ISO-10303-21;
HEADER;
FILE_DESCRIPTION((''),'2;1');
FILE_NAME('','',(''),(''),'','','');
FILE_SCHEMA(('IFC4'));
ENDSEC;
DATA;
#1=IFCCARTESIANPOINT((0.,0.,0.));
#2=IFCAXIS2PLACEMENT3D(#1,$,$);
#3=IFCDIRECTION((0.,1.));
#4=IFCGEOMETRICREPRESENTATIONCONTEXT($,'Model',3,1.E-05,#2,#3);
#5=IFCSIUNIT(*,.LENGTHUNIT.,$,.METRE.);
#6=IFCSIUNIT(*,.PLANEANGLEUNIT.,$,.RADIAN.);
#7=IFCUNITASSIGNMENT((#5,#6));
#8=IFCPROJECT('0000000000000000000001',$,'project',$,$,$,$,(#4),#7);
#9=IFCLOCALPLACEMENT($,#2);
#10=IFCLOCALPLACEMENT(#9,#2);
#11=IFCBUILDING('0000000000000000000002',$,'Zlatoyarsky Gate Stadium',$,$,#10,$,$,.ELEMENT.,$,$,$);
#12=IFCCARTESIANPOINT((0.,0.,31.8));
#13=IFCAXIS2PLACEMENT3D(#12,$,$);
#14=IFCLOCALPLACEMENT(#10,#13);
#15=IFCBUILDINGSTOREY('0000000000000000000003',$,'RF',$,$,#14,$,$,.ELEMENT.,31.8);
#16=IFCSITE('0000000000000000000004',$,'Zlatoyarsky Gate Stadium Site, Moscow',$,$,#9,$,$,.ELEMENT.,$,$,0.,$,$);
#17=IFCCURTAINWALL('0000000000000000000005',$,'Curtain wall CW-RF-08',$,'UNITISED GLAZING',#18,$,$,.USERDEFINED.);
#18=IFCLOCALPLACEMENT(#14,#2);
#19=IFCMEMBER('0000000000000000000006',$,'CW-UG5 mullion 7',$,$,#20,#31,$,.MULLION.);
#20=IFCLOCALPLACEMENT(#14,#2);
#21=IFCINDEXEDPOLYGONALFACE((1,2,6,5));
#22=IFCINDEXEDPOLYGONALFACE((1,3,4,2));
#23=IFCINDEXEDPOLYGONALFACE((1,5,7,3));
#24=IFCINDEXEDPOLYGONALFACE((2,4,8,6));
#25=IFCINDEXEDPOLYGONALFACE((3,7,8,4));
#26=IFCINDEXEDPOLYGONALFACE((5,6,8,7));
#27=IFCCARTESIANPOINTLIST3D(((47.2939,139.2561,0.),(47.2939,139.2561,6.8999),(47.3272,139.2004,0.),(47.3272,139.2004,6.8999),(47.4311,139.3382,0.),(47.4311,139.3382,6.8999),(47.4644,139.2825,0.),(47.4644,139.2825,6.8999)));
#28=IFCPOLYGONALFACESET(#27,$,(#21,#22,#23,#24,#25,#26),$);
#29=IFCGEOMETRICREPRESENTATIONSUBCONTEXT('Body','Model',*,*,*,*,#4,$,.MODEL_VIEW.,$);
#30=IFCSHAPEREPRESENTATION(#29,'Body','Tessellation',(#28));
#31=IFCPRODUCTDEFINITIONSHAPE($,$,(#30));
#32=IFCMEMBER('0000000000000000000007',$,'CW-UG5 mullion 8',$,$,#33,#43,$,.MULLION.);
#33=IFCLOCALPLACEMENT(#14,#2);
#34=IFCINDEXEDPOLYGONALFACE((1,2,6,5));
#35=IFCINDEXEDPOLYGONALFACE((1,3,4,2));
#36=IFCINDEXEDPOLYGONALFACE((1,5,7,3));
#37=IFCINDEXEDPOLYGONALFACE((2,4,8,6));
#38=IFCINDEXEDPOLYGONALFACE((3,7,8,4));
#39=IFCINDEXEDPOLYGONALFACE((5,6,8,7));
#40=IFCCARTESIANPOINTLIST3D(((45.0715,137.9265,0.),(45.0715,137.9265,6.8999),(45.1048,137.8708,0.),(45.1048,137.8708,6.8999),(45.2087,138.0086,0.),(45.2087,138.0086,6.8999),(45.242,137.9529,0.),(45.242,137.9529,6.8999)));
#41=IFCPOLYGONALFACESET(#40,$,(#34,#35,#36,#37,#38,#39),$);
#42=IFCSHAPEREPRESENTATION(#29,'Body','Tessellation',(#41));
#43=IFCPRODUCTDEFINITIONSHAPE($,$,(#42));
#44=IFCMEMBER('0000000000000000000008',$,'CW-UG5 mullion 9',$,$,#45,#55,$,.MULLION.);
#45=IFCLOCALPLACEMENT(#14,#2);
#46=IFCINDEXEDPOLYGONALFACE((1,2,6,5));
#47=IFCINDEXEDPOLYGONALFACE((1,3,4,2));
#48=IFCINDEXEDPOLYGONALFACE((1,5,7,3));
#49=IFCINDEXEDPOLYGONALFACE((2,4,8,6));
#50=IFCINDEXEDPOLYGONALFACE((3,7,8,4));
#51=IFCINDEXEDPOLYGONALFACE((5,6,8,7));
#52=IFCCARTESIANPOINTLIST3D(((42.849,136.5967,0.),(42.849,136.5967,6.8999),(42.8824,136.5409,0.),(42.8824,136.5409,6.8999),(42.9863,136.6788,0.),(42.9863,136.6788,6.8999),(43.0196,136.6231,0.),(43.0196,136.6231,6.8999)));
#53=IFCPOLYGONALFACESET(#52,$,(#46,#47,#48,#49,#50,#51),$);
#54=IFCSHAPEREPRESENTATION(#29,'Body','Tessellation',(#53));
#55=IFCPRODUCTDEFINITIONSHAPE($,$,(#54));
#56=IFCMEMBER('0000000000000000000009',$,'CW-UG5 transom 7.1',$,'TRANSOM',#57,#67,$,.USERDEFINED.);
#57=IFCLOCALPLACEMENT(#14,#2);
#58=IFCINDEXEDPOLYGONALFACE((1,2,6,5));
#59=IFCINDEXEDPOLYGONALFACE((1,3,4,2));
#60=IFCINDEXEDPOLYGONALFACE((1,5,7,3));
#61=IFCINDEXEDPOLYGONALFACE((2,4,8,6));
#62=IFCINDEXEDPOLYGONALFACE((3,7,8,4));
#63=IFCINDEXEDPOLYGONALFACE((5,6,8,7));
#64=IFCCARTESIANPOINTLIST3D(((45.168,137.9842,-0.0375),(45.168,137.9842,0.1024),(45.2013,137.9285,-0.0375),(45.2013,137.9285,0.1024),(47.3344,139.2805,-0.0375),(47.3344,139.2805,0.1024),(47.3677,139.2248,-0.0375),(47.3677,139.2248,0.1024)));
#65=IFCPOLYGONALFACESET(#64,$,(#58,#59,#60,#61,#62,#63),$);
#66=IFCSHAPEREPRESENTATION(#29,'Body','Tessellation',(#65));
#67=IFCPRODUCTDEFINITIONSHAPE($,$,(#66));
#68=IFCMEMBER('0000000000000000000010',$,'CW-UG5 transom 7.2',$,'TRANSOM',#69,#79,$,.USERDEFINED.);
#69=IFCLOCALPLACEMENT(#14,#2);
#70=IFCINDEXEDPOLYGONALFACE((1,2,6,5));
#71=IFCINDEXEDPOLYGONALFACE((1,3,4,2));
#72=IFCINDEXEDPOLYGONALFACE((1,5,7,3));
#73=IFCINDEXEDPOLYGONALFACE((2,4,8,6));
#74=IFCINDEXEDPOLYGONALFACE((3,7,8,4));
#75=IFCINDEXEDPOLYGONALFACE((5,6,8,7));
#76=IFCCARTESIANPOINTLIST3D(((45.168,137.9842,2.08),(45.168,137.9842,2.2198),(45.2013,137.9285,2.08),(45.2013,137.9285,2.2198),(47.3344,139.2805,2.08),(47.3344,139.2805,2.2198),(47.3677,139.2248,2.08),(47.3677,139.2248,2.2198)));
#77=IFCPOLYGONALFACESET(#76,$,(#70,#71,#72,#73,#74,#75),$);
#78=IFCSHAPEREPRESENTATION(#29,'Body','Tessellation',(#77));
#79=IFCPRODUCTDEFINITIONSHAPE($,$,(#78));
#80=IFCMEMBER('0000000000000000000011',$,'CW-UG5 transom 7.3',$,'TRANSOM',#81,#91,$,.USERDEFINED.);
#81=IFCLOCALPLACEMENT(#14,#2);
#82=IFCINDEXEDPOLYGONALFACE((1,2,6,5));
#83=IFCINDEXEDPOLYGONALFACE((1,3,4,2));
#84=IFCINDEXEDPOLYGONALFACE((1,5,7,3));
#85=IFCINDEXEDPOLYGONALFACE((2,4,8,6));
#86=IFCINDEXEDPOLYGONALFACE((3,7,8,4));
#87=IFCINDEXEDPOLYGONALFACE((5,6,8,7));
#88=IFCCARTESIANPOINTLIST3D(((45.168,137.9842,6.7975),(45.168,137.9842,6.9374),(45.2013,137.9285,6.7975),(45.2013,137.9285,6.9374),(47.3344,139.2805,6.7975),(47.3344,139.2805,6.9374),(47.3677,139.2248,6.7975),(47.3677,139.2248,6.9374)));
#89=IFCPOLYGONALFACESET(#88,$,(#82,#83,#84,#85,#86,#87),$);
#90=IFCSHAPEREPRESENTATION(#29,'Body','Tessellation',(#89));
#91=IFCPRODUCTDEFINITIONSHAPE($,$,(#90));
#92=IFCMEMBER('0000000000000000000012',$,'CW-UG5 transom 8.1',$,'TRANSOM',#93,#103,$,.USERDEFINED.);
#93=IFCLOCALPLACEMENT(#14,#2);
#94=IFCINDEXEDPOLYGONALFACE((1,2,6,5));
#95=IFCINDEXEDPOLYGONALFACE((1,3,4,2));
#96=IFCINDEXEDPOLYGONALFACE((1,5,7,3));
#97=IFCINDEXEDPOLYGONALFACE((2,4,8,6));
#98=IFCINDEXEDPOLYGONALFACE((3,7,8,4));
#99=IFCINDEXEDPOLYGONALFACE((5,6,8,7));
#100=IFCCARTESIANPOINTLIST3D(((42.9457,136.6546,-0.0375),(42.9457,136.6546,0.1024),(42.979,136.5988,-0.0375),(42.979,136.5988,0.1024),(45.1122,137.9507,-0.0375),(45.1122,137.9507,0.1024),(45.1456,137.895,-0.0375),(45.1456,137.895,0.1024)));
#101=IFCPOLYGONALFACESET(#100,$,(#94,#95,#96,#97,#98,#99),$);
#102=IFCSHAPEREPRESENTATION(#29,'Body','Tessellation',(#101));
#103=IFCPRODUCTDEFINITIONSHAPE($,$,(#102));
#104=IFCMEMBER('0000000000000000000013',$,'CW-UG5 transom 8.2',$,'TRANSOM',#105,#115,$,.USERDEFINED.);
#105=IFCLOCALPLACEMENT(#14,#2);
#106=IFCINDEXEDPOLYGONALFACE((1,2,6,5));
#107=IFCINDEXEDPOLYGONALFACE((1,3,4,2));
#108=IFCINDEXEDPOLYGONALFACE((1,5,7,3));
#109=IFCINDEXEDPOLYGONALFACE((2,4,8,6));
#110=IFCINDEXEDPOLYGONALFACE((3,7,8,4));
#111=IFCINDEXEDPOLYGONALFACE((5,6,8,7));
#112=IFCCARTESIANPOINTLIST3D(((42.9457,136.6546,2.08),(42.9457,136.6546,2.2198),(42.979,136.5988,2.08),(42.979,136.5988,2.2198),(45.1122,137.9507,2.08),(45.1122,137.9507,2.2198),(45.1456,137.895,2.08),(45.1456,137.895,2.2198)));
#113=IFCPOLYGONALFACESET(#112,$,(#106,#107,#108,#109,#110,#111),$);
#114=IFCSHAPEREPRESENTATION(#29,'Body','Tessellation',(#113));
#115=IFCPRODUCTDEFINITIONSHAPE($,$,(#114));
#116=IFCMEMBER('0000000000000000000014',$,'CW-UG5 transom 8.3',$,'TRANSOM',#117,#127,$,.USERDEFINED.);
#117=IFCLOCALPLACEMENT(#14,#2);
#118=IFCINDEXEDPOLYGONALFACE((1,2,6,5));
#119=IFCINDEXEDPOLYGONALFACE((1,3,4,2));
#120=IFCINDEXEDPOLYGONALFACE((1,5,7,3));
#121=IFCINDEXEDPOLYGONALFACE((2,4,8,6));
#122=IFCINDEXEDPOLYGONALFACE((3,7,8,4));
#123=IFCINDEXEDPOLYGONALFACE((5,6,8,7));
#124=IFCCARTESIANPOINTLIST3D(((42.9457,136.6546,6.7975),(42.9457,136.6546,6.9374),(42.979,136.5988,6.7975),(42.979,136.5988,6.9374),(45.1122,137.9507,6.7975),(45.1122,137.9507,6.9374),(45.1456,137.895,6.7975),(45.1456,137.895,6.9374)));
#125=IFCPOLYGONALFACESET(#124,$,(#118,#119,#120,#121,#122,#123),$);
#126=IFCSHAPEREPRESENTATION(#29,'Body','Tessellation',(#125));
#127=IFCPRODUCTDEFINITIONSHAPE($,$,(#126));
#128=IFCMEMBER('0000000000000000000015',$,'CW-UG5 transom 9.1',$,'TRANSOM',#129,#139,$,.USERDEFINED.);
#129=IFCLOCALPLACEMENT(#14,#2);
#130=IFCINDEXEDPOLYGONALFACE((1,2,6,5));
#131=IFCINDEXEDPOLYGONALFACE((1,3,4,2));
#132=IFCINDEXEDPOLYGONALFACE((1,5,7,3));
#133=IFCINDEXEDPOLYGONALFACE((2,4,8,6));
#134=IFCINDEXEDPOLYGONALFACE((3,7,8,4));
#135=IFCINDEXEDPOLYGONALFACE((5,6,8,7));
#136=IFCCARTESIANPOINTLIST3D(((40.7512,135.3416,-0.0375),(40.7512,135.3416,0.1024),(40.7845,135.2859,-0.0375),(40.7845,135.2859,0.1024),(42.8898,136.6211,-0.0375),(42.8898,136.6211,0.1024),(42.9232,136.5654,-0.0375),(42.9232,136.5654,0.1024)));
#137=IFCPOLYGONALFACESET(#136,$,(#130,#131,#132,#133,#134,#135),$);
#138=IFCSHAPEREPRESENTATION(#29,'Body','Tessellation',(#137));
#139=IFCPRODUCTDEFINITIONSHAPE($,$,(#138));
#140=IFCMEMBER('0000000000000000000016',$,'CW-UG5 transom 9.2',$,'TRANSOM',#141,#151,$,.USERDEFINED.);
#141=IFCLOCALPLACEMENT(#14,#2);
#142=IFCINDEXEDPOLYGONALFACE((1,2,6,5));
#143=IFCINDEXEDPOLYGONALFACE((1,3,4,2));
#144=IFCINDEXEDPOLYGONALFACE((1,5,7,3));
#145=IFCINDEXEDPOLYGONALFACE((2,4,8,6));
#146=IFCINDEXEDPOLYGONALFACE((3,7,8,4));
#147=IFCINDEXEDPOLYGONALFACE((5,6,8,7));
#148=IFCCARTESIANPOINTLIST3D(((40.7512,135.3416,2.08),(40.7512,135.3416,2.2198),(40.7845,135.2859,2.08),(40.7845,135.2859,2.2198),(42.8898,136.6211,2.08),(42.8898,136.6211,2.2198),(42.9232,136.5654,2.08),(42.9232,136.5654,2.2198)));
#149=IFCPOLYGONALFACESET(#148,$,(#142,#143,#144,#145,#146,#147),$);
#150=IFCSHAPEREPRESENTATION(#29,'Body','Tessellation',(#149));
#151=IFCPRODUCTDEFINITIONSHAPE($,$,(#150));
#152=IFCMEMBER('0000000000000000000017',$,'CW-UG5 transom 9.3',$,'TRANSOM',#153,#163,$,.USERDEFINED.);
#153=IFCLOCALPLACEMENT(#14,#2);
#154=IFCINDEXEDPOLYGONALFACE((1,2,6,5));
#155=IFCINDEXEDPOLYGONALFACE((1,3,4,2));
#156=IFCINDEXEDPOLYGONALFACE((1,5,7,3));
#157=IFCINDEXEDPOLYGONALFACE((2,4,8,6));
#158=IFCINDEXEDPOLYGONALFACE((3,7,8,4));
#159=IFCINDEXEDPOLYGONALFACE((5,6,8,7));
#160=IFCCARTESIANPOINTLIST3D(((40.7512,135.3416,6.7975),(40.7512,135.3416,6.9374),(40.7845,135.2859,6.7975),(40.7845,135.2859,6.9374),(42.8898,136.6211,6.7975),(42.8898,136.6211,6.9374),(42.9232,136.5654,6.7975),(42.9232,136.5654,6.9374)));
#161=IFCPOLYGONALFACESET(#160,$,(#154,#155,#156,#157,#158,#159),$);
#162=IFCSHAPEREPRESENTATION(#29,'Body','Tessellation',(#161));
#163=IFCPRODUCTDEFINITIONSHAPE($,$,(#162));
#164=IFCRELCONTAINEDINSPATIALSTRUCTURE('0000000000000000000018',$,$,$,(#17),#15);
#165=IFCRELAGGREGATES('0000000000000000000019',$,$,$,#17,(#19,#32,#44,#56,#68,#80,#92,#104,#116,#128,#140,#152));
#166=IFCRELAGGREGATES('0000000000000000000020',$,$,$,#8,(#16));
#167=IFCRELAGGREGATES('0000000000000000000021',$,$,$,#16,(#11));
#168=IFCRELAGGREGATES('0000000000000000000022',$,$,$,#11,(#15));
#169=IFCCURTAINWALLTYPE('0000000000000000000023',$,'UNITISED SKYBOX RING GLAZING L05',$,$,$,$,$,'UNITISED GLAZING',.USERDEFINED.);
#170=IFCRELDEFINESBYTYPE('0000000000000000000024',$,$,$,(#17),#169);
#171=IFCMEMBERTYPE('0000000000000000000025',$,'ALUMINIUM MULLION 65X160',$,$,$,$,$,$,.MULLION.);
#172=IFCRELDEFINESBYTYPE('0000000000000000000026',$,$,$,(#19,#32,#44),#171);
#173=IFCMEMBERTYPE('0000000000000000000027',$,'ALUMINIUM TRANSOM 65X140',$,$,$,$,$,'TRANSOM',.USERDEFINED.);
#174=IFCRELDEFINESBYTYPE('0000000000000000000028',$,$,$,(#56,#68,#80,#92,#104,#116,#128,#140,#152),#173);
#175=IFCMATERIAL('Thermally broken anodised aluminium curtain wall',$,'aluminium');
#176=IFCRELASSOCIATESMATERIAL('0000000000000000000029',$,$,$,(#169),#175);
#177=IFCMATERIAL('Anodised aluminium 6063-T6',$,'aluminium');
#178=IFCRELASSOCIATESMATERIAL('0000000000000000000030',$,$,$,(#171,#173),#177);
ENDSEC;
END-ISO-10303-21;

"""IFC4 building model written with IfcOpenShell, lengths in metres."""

from ifc_helpers import new_model, si_unit, direction, frame, origin, origin_2d, place, context, subcontext, project, spatial, rectangle, extrude, material, material_profile, profile_set, type_object, element, aggregate, save


model = new_model("IFC4")

# Units and contexts
model_context = context("Model", 3, precision=1e-05, world=origin(), true_north=direction((0.0, 1.0)))
body_context = subcontext(model_context, "Body", "Model", "MODEL_VIEW")
ifc_project = project(units=[si_unit("LENGTHUNIT", "METRE"), si_unit("PLANEANGLEUNIT", "RADIAN")], contexts=[model_context])

# Site, building, storey
site_placement = place(None, origin())
site = spatial("IfcSite", under=ifc_project, at=site_placement, Name="Zlatoyarsky Gate Stadium Site, Moscow", CompositionType="ELEMENT", RefElevation=0.0)
building_placement = place(site_placement, origin())
building = spatial("IfcBuilding", under=site, at=building_placement, Name="Zlatoyarsky Gate Stadium", CompositionType="ELEMENT")
storey_placement = place(building_placement, frame((0.0, 0.0, 31.8)))
storey = spatial("IfcBuildingStorey", under=building, at=storey_placement, Name="RF", CompositionType="ELEMENT", Elevation=31.8)

# Curtain wall, members
ifc_material_1 = material(Name="Thermally broken anodised aluminium curtain wall", Category="aluminium")
curtain_wall_type = type_object("IfcCurtainWallType", Name="UNITISED SKYBOX RING GLAZING L05", ElementType="UNITISED GLAZING", PredefinedType="USERDEFINED", material=ifc_material_1)
curtain_wall_placement = place(storey_placement, origin())
curtain_wall = element("IfcCurtainWall", 1, at=curtain_wall_placement, inside=storey, type_object=curtain_wall_type, Name="Curtain wall CW-RF-08", ObjectType="UNITISED GLAZING", PredefinedType="USERDEFINED")
ifc_material_2 = material(Name="Anodised aluminium 6063-T6", Category="aluminium")
ifc_material_profile_1 = material_profile(ifc_material_2, rectangle(XDim=0.0649, YDim=0.1599, at=origin_2d()), Name="ALU 65X160")
ifc_profile_set_1 = profile_set([ifc_material_profile_1], Name="Anodised aluminium 6063-T6")
member_type_1 = type_object("IfcMemberType", Name="ALUMINIUM MULLION 65X160", PredefinedType="MULLION", material=ifc_profile_set_1)
member_1_placement = place(storey_placement, frame((47.3792, 139.2693, 0.0), z_axis=(0.0, 0.0, 1.0), x_axis=(0.513436, -0.858128, 0.0)))
member_1 = element("IfcMember", 2, at=member_1_placement, type_object=member_type_1, Name="CW-UG5 mullion 7", PredefinedType="MULLION", context=body_context, shape_type="SweptSolid", body=[
    extrude(rectangle(XDim=0.0649, YDim=0.1599, at=origin_2d()), origin(), (0.0, 0.0, 1.0), 6.8999),
])
member_2_placement = place(storey_placement, frame((45.1567, 137.9397, 0.0), z_axis=(0.0, 0.0, 1.0), x_axis=(0.513436, -0.858128, 0.0)))
member_2 = element("IfcMember", 3, at=member_2_placement, type_object=member_type_1, Name="CW-UG5 mullion 8", PredefinedType="MULLION", context=body_context, shape_type="SweptSolid", body=[
    extrude(rectangle(XDim=0.0649, YDim=0.1599, at=origin_2d()), origin(), (0.0, 0.0, 1.0), 6.8999),
])
member_3_placement = place(storey_placement, frame((42.9343, 136.6099, 0.0), z_axis=(0.0, 0.0, 1.0), x_axis=(0.513436, -0.858128, 0.0)))
member_3 = element("IfcMember", 4, at=member_3_placement, type_object=member_type_1, Name="CW-UG5 mullion 9", PredefinedType="MULLION", context=body_context, shape_type="SweptSolid", body=[
    extrude(rectangle(XDim=0.0649, YDim=0.1599, at=origin_2d()), origin(), (0.0, 0.0, 1.0), 6.8999),
])
ifc_material_profile_2 = material_profile(ifc_material_2, rectangle(XDim=0.0649, YDim=0.1399, at=origin_2d()), Name="ALU 65X140")
ifc_profile_set_2 = profile_set([ifc_material_profile_2], Name="Anodised aluminium 6063-T6")
member_type_2 = type_object("IfcMemberType", Name="ALUMINIUM TRANSOM 65X140", ElementType="TRANSOM", PredefinedType="USERDEFINED", material=ifc_profile_set_2)
member_4_placement = place(storey_placement, frame((47.3511, 139.2527, 0.0325), z_axis=(-0.858107, -0.513472, 0.0), x_axis=(0.513472, -0.858107, 0.0)))
member_4 = element("IfcMember", 5, at=member_4_placement, type_object=member_type_2, Name="CW-UG5 transom 7.1", ObjectType="TRANSOM", PredefinedType="USERDEFINED", context=body_context, shape_type="SweptSolid", body=[
    extrude(rectangle(XDim=0.0649, YDim=0.1399, at=origin_2d()), origin(), (0.0, 0.0, 1.0), 2.5247),
])
member_5_placement = place(storey_placement, frame((47.3511, 139.2527, 2.1499), z_axis=(-0.858107, -0.513472, 0.0), x_axis=(0.513472, -0.858107, 0.0)))
member_5 = element("IfcMember", 6, at=member_5_placement, type_object=member_type_2, Name="CW-UG5 transom 7.2", ObjectType="TRANSOM", PredefinedType="USERDEFINED", context=body_context, shape_type="SweptSolid", body=[
    extrude(rectangle(XDim=0.0649, YDim=0.1399, at=origin_2d()), origin(), (0.0, 0.0, 1.0), 2.5247),
])
member_6_placement = place(storey_placement, frame((47.3511, 139.2527, 6.8674), z_axis=(-0.858107, -0.513472, 0.0), x_axis=(0.513472, -0.858107, 0.0)))
member_6 = element("IfcMember", 7, at=member_6_placement, type_object=member_type_2, Name="CW-UG5 transom 7.3", ObjectType="TRANSOM", PredefinedType="USERDEFINED", context=body_context, shape_type="SweptSolid", body=[
    extrude(rectangle(XDim=0.0649, YDim=0.1399, at=origin_2d()), origin(), (0.0, 0.0, 1.0), 2.5247),
])
member_7_placement = place(storey_placement, frame((45.1289, 137.9229, 0.0325), z_axis=(-0.858149, -0.5134, 0.0), x_axis=(0.5134, -0.858149, 0.0)))
member_7 = element("IfcMember", 8, at=member_7_placement, type_object=member_type_2, Name="CW-UG5 transom 8.1", ObjectType="TRANSOM", PredefinedType="USERDEFINED", context=body_context, shape_type="SweptSolid", body=[
    extrude(rectangle(XDim=0.0649, YDim=0.1399, at=origin_2d()), origin(), (0.0, 0.0, 1.0), 2.5247),
])
member_8_placement = place(storey_placement, frame((45.1289, 137.9229, 2.1499), z_axis=(-0.858149, -0.5134, 0.0), x_axis=(0.5134, -0.858149, 0.0)))
member_8 = element("IfcMember", 9, at=member_8_placement, type_object=member_type_2, Name="CW-UG5 transom 8.2", ObjectType="TRANSOM", PredefinedType="USERDEFINED", context=body_context, shape_type="SweptSolid", body=[
    extrude(rectangle(XDim=0.0649, YDim=0.1399, at=origin_2d()), origin(), (0.0, 0.0, 1.0), 2.5247),
])
member_9_placement = place(storey_placement, frame((45.1289, 137.9229, 6.8674), z_axis=(-0.858149, -0.5134, 0.0), x_axis=(0.5134, -0.858149, 0.0)))
member_9 = element("IfcMember", 10, at=member_9_placement, type_object=member_type_2, Name="CW-UG5 transom 8.3", ObjectType="TRANSOM", PredefinedType="USERDEFINED", context=body_context, shape_type="SweptSolid", body=[
    extrude(rectangle(XDim=0.0649, YDim=0.1399, at=origin_2d()), origin(), (0.0, 0.0, 1.0), 2.5247),
])
member_10_placement = place(storey_placement, frame((42.9065, 136.5933, 0.0325), z_axis=(-0.858141, -0.513415, 0.0), x_axis=(0.513415, -0.858141, 0.0)))
member_10 = element("IfcMember", 11, at=member_10_placement, type_object=member_type_2, Name="CW-UG5 transom 9.1", ObjectType="TRANSOM", PredefinedType="USERDEFINED", context=body_context, shape_type="SweptSolid", body=[
    extrude(rectangle(XDim=0.0649, YDim=0.1399, at=origin_2d()), origin(), (0.0, 0.0, 1.0), 2.4922),
])
member_11_placement = place(storey_placement, frame((42.9065, 136.5933, 2.1499), z_axis=(-0.858141, -0.513415, 0.0), x_axis=(0.513415, -0.858141, 0.0)))
member_11 = element("IfcMember", 12, at=member_11_placement, type_object=member_type_2, Name="CW-UG5 transom 9.2", ObjectType="TRANSOM", PredefinedType="USERDEFINED", context=body_context, shape_type="SweptSolid", body=[
    extrude(rectangle(XDim=0.0649, YDim=0.1399, at=origin_2d()), origin(), (0.0, 0.0, 1.0), 2.4922),
])
member_12_placement = place(storey_placement, frame((42.9065, 136.5933, 6.8674), z_axis=(-0.858141, -0.513415, 0.0), x_axis=(0.513415, -0.858141, 0.0)))
member_12 = element("IfcMember", 13, at=member_12_placement, type_object=member_type_2, Name="CW-UG5 transom 9.3", ObjectType="TRANSOM", PredefinedType="USERDEFINED", context=body_context, shape_type="SweptSolid", body=[
    extrude(rectangle(XDim=0.0649, YDim=0.1399, at=origin_2d()), origin(), (0.0, 0.0, 1.0), 2.4922),
])

aggregate(curtain_wall, [member_1, member_2, member_3, member_4, member_5, member_6, member_7, member_8, member_9, member_10, member_11, member_12])

save(model, "model.ifc")
